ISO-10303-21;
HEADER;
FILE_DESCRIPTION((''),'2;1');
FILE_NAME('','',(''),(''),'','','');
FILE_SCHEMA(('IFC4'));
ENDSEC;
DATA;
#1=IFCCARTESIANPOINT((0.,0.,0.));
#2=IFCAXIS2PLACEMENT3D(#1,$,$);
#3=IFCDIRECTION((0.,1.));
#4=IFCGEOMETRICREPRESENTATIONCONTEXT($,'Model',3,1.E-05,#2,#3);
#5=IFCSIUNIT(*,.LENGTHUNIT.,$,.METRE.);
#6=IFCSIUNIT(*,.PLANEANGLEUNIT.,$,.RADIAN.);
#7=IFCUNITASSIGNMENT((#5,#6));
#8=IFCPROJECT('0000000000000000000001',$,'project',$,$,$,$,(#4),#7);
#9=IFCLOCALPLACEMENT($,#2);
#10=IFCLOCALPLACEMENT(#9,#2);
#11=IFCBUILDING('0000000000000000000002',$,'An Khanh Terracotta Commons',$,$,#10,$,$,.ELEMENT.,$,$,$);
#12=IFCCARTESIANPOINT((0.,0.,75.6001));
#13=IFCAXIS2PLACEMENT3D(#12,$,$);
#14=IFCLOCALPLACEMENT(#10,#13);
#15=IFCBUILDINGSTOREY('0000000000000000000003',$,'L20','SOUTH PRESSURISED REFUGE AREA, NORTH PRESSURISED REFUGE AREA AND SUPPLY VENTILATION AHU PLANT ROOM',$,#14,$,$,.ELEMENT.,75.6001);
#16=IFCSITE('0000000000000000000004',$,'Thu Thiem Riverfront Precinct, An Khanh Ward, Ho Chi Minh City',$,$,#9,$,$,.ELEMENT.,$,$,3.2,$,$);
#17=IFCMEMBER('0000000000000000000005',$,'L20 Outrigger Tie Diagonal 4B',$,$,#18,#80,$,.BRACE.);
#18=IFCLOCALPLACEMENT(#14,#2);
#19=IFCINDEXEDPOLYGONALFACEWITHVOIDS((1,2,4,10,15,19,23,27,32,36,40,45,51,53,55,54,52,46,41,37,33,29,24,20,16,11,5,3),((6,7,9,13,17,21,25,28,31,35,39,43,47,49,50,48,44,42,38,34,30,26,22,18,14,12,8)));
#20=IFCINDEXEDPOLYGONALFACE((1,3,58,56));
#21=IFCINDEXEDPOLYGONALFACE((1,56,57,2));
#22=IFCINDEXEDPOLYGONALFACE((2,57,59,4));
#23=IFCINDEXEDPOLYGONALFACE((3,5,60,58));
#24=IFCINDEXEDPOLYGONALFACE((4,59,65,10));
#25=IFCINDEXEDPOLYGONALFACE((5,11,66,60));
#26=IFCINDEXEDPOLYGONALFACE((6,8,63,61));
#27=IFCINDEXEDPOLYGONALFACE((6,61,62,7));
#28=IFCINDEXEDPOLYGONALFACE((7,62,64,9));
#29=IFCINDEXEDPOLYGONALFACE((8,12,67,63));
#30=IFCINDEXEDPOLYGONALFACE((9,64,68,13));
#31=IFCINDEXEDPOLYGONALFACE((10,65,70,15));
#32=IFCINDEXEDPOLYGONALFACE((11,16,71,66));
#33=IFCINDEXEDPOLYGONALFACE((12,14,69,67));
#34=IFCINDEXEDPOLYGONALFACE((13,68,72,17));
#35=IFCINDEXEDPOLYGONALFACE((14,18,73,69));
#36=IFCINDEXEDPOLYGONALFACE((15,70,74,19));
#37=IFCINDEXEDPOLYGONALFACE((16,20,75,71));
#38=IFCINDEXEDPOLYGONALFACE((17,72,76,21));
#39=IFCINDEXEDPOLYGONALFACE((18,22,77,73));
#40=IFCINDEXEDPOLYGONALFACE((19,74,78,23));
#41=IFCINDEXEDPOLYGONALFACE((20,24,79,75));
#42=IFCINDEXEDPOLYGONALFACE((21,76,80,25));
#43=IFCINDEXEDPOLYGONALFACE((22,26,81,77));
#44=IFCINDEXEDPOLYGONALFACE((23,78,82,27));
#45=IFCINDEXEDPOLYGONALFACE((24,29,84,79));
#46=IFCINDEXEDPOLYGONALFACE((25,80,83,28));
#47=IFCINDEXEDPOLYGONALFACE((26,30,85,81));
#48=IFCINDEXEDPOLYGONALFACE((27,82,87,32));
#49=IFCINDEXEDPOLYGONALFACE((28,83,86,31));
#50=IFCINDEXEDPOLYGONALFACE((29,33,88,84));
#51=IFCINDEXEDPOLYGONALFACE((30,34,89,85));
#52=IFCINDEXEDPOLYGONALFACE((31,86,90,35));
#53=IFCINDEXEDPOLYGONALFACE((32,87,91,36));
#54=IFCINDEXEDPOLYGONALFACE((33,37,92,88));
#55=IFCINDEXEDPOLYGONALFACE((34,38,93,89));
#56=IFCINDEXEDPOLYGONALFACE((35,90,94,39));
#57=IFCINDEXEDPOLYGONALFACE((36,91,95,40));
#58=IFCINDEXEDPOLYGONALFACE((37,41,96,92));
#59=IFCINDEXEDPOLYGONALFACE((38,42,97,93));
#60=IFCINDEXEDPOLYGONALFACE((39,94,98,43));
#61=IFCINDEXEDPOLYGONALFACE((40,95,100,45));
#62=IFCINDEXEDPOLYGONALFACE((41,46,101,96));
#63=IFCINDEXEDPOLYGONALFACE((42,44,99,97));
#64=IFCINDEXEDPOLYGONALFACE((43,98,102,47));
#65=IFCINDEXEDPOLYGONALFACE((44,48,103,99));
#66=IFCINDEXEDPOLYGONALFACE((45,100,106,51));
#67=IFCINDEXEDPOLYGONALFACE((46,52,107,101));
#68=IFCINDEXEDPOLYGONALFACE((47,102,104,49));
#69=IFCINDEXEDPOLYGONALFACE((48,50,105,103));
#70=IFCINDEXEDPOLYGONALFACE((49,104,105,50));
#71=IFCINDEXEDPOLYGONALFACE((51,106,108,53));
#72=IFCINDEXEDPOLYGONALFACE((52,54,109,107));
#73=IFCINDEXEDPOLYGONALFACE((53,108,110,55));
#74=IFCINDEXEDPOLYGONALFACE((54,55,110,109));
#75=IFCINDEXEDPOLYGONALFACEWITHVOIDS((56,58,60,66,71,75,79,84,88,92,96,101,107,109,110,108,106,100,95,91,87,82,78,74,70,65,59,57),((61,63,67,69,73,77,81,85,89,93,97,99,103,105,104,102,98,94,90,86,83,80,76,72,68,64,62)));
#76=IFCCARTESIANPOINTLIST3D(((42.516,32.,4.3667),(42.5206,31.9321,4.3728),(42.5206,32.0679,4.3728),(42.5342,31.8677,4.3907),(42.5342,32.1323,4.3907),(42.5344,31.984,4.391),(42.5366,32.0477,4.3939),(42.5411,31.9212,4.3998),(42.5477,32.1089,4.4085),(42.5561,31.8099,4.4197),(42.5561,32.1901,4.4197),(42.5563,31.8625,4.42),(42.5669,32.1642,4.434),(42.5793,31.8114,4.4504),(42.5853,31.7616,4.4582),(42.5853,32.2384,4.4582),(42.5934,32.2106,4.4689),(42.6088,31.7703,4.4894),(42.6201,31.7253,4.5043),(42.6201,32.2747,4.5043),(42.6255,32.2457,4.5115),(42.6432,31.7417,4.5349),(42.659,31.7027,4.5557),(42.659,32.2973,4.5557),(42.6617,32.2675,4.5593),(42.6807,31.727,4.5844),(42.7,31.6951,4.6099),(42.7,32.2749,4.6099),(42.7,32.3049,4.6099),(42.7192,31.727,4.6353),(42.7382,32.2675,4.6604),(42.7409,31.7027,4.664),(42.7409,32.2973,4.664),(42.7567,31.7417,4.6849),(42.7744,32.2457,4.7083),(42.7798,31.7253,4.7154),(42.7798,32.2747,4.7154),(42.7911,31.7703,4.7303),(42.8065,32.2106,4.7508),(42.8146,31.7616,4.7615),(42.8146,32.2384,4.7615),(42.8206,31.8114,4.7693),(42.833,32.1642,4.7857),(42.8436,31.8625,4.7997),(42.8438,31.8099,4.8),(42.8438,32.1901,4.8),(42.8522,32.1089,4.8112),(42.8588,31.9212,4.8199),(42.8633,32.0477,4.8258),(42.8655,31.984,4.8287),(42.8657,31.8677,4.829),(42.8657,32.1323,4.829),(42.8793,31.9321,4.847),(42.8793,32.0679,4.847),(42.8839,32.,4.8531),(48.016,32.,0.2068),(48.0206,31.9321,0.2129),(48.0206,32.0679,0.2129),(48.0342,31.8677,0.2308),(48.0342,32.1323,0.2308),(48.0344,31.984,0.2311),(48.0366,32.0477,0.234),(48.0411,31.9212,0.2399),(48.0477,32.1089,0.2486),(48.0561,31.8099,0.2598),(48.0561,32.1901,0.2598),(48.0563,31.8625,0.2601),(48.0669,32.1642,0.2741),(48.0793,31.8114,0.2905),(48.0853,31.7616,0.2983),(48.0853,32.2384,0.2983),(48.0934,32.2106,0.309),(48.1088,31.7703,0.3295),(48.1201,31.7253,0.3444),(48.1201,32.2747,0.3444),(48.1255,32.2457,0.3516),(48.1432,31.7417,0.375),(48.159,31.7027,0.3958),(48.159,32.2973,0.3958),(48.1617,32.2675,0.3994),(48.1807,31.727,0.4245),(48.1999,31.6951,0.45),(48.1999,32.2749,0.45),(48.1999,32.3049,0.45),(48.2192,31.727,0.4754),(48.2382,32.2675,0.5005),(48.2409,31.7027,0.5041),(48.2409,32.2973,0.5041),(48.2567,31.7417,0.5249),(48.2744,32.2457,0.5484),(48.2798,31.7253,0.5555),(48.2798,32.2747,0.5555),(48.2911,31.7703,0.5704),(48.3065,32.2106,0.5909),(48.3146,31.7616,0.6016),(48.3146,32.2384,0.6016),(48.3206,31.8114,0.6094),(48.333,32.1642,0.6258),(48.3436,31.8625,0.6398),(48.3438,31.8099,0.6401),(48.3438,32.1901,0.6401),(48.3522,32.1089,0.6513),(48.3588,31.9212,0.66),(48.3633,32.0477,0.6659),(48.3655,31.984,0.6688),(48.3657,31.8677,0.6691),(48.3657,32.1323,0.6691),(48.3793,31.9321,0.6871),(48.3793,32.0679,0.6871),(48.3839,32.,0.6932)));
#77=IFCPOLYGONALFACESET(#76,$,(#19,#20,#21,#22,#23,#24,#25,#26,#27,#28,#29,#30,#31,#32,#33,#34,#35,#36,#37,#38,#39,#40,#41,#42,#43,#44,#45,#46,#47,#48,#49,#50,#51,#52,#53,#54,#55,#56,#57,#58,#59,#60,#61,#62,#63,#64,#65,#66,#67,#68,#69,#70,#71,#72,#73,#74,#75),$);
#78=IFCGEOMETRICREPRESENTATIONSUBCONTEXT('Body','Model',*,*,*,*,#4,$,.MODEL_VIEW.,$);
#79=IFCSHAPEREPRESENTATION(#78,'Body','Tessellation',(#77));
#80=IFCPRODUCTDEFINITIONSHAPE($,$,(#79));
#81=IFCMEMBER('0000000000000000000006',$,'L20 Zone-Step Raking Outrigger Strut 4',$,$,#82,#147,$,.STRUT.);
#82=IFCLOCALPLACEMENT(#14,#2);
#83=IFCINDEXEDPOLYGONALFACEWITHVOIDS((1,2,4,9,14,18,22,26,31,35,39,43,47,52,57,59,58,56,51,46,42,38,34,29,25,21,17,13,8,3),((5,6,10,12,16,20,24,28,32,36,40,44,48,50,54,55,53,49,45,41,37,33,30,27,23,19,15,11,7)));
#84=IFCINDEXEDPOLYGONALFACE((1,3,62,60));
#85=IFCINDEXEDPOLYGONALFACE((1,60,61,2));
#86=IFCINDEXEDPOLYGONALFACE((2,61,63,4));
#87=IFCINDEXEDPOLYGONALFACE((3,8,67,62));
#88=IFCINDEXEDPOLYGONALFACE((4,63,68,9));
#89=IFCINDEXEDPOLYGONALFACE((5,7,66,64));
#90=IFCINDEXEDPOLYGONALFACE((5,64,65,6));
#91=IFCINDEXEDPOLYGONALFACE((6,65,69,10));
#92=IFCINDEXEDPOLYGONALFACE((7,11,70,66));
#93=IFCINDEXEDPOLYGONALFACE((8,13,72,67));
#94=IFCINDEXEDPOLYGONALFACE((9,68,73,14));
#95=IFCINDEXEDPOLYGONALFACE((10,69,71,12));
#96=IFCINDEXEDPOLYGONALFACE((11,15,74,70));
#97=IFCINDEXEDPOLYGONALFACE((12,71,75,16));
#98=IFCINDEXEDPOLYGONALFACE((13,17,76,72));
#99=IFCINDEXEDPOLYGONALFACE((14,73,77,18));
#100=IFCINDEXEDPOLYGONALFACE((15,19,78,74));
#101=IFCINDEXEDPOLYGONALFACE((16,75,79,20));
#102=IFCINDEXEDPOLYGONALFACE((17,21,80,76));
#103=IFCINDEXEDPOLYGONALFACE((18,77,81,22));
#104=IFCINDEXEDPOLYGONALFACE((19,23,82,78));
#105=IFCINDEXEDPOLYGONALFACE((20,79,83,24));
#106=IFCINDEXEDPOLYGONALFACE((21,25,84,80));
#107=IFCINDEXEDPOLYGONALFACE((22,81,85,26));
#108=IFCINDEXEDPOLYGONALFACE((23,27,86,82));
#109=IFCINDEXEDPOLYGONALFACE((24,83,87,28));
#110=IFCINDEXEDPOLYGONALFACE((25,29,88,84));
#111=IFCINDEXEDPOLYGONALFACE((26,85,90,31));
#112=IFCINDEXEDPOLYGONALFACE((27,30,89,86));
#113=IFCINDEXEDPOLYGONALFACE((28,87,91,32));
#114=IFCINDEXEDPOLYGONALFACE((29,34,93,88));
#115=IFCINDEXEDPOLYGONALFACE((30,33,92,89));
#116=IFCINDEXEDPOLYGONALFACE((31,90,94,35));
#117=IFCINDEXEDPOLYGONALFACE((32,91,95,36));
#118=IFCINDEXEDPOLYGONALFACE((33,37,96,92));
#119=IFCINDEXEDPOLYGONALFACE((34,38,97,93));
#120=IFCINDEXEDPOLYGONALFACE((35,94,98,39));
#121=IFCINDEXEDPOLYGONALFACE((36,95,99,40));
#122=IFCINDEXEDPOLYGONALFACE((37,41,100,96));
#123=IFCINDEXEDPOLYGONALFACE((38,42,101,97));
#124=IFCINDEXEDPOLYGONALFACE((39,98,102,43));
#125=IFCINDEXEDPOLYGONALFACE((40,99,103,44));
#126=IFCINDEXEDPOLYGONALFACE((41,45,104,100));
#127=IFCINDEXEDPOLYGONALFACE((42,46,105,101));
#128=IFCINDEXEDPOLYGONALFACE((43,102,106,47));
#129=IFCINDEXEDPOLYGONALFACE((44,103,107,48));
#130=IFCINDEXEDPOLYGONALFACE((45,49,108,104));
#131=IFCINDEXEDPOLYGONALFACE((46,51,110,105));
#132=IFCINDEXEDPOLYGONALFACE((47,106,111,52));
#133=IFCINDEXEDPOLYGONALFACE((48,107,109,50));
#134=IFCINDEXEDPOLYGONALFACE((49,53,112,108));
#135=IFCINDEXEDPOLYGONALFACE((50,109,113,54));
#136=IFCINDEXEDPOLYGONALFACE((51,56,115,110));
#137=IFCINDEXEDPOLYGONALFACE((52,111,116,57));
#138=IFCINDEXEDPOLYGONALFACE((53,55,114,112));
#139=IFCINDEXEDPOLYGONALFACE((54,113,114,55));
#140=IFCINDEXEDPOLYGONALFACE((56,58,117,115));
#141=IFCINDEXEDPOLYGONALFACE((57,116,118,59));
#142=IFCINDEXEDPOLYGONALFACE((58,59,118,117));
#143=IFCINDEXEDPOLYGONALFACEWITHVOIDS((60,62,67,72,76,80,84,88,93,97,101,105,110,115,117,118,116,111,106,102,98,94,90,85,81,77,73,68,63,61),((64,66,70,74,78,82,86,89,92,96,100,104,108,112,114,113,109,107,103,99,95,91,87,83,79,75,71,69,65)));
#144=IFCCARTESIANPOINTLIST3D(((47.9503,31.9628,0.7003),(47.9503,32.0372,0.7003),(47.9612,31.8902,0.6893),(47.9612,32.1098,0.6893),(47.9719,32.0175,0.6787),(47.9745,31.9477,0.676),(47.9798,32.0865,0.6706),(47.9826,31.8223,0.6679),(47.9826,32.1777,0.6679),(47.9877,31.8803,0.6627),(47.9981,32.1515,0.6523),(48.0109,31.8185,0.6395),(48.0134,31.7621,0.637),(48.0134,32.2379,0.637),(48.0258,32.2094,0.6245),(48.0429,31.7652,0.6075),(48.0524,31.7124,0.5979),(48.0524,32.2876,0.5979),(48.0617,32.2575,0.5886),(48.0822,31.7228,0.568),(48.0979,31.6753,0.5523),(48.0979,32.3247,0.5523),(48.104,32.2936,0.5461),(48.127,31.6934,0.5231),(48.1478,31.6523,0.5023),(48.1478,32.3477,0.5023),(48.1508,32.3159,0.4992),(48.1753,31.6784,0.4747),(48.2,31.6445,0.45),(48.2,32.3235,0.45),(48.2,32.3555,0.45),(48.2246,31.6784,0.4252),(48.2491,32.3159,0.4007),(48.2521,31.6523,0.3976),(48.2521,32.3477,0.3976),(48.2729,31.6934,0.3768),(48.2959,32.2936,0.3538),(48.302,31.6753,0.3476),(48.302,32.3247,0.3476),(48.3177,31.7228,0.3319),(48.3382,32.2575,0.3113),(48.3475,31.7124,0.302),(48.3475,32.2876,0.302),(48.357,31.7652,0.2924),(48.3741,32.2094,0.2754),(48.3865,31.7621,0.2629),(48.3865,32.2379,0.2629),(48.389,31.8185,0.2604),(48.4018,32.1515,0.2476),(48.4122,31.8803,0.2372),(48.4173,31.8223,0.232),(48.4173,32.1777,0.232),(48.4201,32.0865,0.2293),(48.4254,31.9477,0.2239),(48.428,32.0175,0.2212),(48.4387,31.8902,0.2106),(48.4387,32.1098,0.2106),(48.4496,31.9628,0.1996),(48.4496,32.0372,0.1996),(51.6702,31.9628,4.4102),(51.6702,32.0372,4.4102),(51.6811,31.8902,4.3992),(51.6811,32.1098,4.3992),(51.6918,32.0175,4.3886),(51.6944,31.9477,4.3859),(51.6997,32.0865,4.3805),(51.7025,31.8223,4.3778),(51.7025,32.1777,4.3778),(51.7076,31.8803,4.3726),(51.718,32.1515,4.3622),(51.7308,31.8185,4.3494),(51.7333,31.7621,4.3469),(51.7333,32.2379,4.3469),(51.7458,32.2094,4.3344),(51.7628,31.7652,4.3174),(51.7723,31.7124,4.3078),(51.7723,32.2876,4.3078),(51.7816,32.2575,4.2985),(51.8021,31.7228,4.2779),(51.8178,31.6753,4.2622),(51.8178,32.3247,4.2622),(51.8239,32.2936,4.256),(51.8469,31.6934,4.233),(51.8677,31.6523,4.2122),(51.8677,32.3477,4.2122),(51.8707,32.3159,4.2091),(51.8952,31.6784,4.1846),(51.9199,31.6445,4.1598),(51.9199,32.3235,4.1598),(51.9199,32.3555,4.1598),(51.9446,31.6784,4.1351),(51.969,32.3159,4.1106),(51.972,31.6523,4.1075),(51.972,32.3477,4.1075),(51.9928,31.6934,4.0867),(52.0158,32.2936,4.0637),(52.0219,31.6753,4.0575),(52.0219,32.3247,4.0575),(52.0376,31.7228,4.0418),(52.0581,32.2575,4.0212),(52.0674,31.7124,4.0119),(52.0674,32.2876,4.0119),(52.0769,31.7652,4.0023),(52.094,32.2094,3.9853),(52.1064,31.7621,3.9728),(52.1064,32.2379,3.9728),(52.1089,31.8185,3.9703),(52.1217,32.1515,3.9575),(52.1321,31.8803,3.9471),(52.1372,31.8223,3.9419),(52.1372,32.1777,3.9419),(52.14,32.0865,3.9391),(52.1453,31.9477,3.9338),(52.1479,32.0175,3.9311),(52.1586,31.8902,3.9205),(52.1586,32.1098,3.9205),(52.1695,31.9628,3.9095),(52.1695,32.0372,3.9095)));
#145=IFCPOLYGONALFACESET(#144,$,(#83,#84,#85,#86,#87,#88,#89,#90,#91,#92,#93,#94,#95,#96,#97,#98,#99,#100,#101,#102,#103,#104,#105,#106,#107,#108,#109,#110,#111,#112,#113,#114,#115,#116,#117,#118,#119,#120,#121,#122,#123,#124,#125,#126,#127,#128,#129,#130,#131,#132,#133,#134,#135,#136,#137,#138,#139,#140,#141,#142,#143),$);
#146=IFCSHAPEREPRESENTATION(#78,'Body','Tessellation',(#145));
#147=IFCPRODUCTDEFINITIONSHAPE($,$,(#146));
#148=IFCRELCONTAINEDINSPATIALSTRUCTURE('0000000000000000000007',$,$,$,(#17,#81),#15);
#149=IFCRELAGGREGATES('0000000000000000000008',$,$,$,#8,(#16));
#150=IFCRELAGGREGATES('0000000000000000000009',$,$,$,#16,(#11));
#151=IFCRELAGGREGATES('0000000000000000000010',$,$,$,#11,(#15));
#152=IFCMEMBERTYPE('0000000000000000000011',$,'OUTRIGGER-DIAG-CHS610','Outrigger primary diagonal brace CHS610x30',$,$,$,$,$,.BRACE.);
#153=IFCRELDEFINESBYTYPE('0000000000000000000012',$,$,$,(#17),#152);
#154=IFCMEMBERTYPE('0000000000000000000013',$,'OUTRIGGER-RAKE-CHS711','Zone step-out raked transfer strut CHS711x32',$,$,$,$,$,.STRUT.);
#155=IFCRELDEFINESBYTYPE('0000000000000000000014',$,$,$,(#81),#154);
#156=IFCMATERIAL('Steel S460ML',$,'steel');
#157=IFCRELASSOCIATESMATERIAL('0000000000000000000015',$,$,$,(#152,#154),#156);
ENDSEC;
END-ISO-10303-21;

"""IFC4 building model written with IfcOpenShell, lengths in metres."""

from ifc_helpers import new_model, si_unit, direction, frame, origin, origin_2d, place, context, subcontext, project, spatial, hollow_circle, extrude, material, material_profile, profile_set, type_object, element, save


model = new_model("IFC4")

# Units and contexts
model_context = context("Model", 3, precision=1e-05, world=origin(), true_north=direction((0.0, 1.0)))
body_context = subcontext(model_context, "Body", "Model", "MODEL_VIEW")
ifc_project = project(units=[si_unit("LENGTHUNIT", "METRE"), si_unit("PLANEANGLEUNIT", "RADIAN")], contexts=[model_context])

# Site, building, storey
site_placement = place(None, origin())
site = spatial("IfcSite", under=ifc_project, at=site_placement, Name="Thu Thiem Riverfront Precinct, An Khanh Ward, Ho Chi Minh City", CompositionType="ELEMENT", RefElevation=3.2)
building_placement = place(site_placement, origin())
building = spatial("IfcBuilding", under=site, at=building_placement, Name="An Khanh Terracotta Commons", CompositionType="ELEMENT")
storey_placement = place(building_placement, frame((0.0, 0.0, 75.6001)))
storey = spatial("IfcBuildingStorey", under=building, at=storey_placement, Name="L20", Description="SOUTH PRESSURISED REFUGE AREA, NORTH PRESSURISED REFUGE AREA AND SUPPLY VENTILATION AHU PLANT ROOM", CompositionType="ELEMENT", Elevation=75.6001)

# Shared definitions
ifc_material_1 = material(Name="Steel S460ML", Category="steel")

# Members
ifc_material_profile_1 = material_profile(ifc_material_1, hollow_circle(Radius=0.3049, WallThickness=0.03, at=origin_2d()), Name="CHS610x30")
ifc_profile_set_1 = profile_set([ifc_material_profile_1], Name="Steel S460ML")
member_type_1 = type_object("IfcMemberType", Name="OUTRIGGER-DIAG-CHS610", Description="Outrigger primary diagonal brace CHS610x30", PredefinedType="BRACE", material=ifc_profile_set_1)
for number, where, z_axis, x_axis, name in (
    (1, (42.7, 32.0, 4.6099), (0.797563, 0.0, -0.603235), (0.0, 1.0, 0.0), "L20 Outrigger Tie Diagonal 4B"),
):
    element("IfcMember", number, at=place(storey_placement, frame(where, z_axis=z_axis, x_axis=x_axis)), inside=storey, type_object=member_type_1, Name=name, PredefinedType="BRACE", context=body_context, shape_type="SweptSolid", body=[
        extrude(hollow_circle(Radius=0.3049, WallThickness=0.03, at=origin_2d()), origin(), (0.0, 0.0, 1.0), 6.896),
    ])
ifc_material_profile_2 = material_profile(ifc_material_1, hollow_circle(Radius=0.3555, WallThickness=0.032, at=origin_2d()), Name="CHS711x32")
ifc_profile_set_2 = profile_set([ifc_material_profile_2], Name="Steel S460ML")
member_type_2 = type_object("IfcMemberType", Name="OUTRIGGER-RAKE-CHS711", Description="Zone step-out raked transfer strut CHS711x32", PredefinedType="STRUT", material=ifc_profile_set_2)
member_1_placement = place(storey_placement, frame((48.2, 32.0, 0.45), z_axis=(0.708059, 0.0, 0.706154), x_axis=(0.0, 1.0, 0.0)))
element("IfcMember", 2, at=member_1_placement, inside=storey, type_object=member_type_2, Name="L20 Zone-Step Raking Outrigger Strut 4", PredefinedType="STRUT", context=body_context, shape_type="SweptSolid", body=[
    extrude(hollow_circle(Radius=0.3555, WallThickness=0.032, at=origin_2d()), origin(), (0.0, 0.0, 1.0), 5.2537),
])

save(model, "model.ifc")
